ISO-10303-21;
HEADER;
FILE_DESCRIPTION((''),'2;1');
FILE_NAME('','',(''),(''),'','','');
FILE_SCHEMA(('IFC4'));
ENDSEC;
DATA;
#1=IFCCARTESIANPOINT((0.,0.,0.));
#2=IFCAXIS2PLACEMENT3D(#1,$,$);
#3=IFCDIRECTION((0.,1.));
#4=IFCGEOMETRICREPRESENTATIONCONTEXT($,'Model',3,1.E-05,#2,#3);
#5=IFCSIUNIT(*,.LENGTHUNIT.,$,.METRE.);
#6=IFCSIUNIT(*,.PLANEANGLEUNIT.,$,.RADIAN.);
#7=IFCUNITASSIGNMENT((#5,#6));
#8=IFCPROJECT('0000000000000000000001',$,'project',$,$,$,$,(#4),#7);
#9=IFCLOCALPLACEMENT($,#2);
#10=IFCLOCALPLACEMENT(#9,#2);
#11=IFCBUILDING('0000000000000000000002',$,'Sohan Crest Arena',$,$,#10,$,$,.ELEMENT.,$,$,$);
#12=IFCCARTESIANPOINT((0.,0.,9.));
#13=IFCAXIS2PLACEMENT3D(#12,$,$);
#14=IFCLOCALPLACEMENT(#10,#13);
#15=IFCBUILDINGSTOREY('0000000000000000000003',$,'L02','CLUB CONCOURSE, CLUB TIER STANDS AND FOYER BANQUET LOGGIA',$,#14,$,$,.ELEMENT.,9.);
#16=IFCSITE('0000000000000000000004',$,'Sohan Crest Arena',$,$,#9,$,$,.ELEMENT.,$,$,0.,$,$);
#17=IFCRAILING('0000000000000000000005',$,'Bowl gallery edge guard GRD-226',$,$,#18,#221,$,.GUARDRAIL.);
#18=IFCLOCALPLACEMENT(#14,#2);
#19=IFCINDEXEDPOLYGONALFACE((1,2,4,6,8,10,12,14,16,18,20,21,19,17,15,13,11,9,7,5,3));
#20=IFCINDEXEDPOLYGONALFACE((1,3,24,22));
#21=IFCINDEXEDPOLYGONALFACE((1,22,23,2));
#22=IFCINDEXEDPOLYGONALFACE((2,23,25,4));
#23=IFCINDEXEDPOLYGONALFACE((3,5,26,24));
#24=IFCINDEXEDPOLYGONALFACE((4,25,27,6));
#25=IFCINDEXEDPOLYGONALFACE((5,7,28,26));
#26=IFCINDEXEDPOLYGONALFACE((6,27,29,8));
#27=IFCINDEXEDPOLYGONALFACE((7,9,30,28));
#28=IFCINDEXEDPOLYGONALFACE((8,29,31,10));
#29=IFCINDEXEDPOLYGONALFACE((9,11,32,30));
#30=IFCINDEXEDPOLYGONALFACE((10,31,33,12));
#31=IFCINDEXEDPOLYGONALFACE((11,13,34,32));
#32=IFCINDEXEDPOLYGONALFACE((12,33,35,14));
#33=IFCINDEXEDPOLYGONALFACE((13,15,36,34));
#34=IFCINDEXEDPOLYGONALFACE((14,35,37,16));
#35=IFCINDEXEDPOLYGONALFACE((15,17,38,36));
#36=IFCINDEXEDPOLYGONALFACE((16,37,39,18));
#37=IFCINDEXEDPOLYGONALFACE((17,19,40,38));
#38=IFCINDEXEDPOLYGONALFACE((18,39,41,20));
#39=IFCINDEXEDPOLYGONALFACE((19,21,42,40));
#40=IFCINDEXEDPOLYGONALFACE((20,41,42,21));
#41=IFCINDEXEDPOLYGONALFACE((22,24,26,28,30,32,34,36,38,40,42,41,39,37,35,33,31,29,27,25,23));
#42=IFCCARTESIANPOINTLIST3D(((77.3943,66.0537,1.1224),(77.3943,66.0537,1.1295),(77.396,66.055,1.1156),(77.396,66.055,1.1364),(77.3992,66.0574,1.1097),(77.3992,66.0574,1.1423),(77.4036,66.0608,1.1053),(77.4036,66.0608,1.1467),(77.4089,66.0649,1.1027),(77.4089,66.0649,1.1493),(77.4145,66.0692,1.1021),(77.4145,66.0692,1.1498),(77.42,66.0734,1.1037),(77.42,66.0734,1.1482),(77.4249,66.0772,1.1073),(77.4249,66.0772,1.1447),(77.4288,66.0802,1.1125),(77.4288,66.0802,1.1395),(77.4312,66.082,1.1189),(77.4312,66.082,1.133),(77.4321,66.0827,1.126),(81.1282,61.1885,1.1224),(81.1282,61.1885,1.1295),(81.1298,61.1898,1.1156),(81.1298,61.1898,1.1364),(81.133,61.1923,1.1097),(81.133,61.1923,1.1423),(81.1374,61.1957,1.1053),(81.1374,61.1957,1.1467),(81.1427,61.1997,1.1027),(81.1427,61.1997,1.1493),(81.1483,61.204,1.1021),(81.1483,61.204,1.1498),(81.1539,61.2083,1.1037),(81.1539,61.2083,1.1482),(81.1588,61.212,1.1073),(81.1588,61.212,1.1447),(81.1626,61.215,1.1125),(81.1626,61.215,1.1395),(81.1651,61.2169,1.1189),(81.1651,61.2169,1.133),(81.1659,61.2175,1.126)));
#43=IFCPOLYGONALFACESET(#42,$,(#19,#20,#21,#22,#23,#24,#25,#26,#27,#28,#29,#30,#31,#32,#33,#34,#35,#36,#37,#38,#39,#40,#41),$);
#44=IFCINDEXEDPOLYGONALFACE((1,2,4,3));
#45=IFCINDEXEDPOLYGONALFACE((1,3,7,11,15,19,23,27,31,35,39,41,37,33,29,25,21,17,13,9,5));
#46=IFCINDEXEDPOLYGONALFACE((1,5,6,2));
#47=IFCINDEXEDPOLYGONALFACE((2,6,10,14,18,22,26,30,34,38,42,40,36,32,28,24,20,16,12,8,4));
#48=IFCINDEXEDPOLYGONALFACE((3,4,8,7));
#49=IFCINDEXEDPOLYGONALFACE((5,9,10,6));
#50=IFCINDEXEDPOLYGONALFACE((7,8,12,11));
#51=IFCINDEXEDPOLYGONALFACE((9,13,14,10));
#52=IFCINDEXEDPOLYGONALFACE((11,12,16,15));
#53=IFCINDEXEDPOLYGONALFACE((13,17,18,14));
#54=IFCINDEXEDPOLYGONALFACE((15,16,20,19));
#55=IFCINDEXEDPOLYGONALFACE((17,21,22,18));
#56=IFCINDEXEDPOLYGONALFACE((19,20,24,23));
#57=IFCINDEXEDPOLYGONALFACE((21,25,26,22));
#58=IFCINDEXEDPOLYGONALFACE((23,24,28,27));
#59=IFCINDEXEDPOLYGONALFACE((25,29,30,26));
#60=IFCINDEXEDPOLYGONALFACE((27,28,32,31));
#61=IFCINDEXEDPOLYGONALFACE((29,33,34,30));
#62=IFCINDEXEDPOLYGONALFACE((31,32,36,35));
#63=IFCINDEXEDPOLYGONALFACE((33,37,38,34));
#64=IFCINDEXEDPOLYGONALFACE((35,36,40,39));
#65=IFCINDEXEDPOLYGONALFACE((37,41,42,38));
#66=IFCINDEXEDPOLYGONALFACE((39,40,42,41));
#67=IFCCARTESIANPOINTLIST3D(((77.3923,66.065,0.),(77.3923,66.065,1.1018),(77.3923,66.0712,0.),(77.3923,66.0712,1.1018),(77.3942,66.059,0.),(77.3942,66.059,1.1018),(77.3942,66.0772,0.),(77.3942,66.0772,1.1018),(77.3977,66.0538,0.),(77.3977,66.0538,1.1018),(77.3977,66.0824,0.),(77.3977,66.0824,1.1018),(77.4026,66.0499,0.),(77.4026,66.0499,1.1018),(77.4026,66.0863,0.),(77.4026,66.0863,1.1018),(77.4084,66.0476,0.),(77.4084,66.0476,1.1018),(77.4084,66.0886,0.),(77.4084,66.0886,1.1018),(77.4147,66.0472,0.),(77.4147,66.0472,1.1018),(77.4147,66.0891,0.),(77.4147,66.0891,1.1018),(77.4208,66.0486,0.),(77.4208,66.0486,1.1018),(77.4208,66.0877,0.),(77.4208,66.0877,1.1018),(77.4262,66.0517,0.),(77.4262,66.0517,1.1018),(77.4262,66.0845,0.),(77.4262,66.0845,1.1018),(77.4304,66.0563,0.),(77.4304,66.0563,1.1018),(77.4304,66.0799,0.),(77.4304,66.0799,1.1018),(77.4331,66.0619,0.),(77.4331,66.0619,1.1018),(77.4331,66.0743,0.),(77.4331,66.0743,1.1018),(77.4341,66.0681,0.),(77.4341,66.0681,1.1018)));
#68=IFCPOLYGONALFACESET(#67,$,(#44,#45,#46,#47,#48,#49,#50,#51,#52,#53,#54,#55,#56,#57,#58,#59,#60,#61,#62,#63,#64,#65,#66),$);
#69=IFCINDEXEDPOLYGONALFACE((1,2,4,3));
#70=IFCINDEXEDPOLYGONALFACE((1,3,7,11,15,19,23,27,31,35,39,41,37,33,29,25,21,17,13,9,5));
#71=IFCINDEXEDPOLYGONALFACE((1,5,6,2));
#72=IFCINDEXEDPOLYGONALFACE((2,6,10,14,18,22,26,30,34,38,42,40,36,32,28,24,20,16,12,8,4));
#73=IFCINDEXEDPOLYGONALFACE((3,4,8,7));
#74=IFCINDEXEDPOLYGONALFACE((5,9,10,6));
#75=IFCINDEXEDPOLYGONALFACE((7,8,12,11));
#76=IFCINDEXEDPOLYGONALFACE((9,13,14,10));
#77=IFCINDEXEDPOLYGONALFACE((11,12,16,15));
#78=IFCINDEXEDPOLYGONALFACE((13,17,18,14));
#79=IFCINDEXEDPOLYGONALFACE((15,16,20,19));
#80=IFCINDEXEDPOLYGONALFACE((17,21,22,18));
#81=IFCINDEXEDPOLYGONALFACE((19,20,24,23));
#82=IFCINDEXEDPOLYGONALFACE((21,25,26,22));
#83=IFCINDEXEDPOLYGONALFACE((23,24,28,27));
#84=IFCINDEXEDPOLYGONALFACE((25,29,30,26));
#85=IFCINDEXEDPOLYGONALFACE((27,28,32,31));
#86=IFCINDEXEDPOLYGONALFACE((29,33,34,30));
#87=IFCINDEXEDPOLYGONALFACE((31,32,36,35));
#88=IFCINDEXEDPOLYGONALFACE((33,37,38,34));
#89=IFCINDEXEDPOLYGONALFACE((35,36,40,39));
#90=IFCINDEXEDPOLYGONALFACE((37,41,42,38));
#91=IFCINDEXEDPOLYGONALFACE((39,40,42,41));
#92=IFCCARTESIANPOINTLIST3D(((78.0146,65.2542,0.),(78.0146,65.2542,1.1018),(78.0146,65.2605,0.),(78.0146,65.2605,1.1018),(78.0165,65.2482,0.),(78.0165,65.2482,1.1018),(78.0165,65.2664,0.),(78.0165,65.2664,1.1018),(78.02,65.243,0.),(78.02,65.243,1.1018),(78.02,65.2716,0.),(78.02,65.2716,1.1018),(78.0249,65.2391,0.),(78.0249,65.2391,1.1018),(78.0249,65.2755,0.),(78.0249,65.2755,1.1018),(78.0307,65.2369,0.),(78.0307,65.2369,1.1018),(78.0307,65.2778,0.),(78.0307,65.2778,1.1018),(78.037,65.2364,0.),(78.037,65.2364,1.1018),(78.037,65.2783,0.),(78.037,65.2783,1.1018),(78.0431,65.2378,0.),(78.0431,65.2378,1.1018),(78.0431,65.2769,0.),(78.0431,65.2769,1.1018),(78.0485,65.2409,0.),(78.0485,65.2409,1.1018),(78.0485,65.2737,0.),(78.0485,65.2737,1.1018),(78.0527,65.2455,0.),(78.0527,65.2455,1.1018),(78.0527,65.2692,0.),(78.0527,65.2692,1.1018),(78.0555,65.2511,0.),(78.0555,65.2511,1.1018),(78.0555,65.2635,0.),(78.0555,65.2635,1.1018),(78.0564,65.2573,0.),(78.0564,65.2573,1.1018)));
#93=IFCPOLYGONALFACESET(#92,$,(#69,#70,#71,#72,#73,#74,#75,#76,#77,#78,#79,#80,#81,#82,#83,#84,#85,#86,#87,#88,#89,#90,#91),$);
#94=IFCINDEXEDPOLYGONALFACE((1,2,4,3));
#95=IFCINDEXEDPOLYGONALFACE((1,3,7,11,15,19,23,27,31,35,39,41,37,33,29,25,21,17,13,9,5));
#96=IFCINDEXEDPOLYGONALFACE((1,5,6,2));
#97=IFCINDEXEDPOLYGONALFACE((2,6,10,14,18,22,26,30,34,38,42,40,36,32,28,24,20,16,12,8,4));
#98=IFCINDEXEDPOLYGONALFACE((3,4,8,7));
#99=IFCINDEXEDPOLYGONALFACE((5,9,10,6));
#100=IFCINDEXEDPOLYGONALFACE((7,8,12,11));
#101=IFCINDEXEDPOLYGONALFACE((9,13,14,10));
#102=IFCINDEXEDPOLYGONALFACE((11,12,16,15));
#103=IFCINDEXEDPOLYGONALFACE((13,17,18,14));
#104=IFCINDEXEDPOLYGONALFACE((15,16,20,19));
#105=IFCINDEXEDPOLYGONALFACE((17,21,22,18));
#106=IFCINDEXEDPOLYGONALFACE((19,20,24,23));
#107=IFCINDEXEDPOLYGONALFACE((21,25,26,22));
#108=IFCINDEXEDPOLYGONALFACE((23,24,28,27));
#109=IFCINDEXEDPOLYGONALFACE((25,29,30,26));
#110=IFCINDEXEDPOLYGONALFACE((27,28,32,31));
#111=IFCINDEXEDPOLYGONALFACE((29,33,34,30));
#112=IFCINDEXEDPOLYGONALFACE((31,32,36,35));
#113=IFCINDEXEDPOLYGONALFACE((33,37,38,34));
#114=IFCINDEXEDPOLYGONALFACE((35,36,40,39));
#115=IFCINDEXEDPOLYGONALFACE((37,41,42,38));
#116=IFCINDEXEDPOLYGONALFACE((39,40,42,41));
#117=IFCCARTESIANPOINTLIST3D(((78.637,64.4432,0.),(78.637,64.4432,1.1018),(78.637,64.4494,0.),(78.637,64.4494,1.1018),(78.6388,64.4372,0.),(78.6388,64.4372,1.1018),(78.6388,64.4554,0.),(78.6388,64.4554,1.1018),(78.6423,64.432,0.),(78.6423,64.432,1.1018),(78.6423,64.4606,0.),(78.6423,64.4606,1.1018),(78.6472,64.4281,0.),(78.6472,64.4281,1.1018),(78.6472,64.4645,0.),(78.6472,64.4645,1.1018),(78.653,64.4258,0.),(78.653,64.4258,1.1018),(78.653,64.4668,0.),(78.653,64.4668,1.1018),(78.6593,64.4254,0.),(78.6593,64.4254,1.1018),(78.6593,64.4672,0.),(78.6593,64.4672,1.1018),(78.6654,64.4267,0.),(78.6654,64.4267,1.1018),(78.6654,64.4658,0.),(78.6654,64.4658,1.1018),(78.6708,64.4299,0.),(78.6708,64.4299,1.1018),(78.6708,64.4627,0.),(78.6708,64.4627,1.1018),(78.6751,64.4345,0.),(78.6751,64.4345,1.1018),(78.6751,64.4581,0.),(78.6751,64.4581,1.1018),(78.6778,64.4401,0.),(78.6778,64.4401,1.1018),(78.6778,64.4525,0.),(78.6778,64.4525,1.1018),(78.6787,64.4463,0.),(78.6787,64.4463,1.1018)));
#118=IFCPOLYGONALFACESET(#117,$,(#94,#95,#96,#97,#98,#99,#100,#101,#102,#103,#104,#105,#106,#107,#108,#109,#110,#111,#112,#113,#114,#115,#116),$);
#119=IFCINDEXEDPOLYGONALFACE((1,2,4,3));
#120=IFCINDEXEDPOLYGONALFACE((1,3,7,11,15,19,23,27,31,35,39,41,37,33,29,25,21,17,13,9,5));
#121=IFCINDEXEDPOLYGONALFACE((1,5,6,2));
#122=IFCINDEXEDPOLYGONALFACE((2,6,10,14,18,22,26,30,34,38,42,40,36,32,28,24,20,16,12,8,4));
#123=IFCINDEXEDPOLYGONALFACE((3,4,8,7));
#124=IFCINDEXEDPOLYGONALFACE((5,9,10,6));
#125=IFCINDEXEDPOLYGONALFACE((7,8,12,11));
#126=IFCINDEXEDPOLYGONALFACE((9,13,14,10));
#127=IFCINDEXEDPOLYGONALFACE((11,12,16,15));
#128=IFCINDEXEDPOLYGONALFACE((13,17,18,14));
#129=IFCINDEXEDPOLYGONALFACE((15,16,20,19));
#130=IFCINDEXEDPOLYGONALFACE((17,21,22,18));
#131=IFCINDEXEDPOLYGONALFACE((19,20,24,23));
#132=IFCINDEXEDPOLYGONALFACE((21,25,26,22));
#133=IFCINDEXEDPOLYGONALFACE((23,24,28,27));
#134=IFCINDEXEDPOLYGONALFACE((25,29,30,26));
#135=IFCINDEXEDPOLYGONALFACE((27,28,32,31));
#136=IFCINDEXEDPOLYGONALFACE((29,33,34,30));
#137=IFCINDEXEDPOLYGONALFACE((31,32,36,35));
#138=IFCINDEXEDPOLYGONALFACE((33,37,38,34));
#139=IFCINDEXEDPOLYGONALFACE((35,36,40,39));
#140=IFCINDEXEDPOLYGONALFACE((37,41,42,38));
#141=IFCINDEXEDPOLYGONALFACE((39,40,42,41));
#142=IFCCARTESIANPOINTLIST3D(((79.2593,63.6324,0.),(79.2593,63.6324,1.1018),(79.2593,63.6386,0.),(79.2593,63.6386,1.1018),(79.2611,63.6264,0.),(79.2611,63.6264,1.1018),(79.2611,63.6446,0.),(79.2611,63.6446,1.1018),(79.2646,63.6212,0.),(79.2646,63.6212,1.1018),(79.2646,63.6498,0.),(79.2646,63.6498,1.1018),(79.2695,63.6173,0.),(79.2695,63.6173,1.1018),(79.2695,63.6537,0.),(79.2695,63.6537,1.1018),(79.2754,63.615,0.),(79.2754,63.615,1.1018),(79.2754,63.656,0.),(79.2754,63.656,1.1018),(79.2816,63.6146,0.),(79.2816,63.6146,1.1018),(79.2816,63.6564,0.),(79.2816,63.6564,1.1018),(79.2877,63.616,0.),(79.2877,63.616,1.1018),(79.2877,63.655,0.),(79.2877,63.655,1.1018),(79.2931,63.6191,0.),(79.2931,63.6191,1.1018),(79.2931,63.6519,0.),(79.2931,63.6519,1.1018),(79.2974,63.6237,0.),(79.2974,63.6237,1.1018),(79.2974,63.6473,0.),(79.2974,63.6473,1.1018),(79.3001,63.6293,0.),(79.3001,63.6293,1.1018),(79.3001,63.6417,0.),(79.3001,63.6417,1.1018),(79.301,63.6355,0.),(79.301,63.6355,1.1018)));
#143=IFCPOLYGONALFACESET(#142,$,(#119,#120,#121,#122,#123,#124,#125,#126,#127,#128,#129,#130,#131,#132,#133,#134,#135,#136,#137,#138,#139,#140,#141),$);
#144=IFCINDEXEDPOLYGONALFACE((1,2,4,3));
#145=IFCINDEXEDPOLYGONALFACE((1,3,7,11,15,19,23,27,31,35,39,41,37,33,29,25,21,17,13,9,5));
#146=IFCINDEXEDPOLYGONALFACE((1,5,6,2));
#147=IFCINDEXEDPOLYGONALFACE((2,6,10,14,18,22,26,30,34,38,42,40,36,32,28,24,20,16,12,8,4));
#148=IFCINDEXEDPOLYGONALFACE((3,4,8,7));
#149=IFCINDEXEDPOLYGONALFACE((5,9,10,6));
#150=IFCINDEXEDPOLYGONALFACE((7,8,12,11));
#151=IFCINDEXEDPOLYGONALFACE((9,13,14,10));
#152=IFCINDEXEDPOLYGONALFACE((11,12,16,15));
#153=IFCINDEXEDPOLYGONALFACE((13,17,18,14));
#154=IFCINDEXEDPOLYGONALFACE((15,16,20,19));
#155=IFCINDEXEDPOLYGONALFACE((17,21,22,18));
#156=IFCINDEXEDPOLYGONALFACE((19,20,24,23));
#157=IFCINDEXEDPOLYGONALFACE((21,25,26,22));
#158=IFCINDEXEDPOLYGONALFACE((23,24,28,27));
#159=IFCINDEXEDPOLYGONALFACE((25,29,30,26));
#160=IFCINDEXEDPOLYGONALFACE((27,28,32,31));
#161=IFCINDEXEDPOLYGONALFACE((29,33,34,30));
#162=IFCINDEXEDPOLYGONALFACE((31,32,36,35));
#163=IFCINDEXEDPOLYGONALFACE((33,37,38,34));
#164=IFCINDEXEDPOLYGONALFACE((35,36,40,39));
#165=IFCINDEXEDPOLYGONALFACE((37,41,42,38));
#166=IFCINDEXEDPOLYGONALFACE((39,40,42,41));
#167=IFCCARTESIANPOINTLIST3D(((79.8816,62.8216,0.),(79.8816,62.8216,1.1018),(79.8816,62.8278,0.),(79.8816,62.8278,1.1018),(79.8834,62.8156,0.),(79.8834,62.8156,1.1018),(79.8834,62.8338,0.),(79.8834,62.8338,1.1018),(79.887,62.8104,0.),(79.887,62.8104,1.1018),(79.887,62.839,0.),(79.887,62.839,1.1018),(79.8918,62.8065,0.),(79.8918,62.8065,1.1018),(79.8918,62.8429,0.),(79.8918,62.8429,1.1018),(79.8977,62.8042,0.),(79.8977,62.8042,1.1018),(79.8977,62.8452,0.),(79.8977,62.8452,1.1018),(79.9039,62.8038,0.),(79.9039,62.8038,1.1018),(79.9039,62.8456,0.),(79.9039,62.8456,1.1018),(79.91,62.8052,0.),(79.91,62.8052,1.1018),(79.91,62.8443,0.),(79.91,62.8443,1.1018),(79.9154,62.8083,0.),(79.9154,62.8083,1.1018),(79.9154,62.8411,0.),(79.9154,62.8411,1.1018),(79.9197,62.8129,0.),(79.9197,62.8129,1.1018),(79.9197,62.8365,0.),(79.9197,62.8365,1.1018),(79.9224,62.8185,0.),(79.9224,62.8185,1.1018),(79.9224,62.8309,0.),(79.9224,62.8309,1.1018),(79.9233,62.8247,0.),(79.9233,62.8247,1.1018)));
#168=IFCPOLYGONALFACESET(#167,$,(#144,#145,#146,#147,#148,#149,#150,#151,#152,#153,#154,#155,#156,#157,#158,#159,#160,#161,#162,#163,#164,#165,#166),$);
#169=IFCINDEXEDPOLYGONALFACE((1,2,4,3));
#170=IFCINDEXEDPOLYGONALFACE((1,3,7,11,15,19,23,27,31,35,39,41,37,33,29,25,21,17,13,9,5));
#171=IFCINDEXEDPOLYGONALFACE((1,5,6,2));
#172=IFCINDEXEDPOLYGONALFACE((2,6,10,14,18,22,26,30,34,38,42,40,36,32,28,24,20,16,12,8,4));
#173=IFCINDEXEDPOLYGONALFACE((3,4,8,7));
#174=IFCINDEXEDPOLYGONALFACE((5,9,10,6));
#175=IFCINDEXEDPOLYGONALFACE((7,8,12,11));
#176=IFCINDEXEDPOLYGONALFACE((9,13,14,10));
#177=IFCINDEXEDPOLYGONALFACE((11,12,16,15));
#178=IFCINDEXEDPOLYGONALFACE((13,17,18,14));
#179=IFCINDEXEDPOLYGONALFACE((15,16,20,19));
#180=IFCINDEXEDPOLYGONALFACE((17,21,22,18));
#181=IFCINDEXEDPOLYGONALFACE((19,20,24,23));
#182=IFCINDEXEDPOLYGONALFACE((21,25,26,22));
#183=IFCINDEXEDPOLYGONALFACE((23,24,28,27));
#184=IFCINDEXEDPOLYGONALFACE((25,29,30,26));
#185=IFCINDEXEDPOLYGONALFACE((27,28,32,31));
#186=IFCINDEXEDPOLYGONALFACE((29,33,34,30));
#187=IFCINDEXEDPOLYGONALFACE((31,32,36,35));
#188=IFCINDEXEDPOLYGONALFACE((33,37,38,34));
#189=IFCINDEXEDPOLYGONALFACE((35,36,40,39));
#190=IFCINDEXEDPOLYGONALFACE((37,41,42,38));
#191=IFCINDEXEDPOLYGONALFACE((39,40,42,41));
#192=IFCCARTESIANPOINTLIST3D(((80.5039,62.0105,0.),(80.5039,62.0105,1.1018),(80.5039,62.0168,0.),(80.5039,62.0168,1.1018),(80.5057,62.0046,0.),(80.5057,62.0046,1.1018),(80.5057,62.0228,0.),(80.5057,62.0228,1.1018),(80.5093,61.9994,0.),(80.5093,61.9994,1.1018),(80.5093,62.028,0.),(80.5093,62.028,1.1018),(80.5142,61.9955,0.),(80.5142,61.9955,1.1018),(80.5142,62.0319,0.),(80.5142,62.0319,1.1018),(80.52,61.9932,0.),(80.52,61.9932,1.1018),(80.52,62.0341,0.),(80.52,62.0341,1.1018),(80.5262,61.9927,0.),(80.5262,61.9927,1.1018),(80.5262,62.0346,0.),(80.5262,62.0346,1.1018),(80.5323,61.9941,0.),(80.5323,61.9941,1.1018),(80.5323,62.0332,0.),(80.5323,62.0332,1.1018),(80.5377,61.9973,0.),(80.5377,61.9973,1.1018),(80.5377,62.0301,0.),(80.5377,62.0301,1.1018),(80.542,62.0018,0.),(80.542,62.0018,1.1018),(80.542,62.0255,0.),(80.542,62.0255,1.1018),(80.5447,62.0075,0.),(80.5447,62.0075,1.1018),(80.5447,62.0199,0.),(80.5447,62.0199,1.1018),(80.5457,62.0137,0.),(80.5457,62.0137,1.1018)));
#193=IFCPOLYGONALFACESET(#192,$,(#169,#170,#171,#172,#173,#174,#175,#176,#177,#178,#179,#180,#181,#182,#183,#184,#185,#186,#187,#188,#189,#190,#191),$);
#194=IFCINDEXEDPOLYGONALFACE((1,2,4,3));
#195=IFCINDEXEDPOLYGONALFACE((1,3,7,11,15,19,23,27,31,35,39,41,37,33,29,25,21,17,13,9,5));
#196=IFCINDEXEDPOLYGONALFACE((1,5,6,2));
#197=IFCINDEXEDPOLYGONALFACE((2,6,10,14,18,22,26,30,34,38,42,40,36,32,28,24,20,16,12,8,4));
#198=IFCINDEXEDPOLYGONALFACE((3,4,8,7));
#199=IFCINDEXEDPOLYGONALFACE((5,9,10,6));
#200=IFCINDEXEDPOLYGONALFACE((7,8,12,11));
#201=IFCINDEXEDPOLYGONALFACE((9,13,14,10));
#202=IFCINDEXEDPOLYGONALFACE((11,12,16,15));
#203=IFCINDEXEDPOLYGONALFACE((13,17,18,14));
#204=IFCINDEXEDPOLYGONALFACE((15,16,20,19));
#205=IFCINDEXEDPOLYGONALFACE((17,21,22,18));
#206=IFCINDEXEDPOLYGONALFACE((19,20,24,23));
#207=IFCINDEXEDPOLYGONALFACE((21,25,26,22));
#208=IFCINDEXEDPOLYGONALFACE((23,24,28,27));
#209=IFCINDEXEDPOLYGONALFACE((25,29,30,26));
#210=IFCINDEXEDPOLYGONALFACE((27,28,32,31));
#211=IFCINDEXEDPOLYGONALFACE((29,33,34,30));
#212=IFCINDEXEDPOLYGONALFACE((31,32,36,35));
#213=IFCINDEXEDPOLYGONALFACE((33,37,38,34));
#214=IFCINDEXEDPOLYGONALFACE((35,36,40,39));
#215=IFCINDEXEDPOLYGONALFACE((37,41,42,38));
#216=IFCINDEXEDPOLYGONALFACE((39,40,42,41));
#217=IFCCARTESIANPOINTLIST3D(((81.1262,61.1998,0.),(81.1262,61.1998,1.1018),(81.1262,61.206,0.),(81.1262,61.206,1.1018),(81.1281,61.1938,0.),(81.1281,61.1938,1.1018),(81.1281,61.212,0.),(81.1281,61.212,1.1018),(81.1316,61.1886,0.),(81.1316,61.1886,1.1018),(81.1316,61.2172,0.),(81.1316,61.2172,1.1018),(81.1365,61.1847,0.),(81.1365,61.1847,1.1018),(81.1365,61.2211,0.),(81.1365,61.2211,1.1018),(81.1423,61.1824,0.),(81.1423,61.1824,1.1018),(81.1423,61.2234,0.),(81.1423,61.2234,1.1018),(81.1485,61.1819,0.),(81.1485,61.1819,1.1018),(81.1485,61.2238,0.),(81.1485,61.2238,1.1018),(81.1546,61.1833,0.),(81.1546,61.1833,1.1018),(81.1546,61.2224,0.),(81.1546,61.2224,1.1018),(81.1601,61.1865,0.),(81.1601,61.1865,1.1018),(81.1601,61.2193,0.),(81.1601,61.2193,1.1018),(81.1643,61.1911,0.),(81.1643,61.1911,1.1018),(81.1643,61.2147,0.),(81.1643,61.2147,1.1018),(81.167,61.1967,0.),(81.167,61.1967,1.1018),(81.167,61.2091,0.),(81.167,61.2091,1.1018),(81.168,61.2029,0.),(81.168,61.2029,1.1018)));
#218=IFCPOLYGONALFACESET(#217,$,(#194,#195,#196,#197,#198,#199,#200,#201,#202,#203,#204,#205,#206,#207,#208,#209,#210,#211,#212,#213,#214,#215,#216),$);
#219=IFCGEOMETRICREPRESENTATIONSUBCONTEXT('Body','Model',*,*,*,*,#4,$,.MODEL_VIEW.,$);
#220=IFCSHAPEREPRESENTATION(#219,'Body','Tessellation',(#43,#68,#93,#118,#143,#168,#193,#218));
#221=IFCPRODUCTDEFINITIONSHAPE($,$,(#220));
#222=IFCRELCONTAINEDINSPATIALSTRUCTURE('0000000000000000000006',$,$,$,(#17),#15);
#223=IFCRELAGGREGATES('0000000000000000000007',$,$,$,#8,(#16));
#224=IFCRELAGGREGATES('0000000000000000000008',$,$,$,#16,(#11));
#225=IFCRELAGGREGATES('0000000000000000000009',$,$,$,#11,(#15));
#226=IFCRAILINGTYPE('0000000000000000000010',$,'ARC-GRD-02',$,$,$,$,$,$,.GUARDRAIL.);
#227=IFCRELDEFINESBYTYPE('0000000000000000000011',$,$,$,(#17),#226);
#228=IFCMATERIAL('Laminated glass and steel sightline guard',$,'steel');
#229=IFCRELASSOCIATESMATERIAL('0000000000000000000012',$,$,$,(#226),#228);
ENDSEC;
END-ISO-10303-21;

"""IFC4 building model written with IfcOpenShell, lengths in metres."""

from ifc_helpers import new_model, si_unit, direction, frame, origin, origin_2d, place, context, subcontext, project, spatial, circle, extrude, material, type_object, element, save


model = new_model("IFC4")

# Units and contexts
model_context = context("Model", 3, precision=1e-05, world=origin(), true_north=direction((0.0, 1.0)))
body_context = subcontext(model_context, "Body", "Model", "MODEL_VIEW")
ifc_project = project(units=[si_unit("LENGTHUNIT", "METRE"), si_unit("PLANEANGLEUNIT", "RADIAN")], contexts=[model_context])

# Site, building, storey
site_placement = place(None, origin())
site = spatial("IfcSite", under=ifc_project, at=site_placement, Name="Sohan Crest Arena", CompositionType="ELEMENT", RefElevation=0.0)
building_placement = place(site_placement, origin())
building = spatial("IfcBuilding", under=site, at=building_placement, Name="Sohan Crest Arena", CompositionType="ELEMENT")
storey_placement = place(building_placement, frame((0.0, 0.0, 9.0)))
storey = spatial("IfcBuildingStorey", under=building, at=storey_placement, Name="L02", Description="CLUB CONCOURSE, CLUB TIER STANDS AND FOYER BANQUET LOGGIA", CompositionType="ELEMENT", Elevation=9.0)

# Railing
ifc_material_1 = material(Name="Laminated glass and steel sightline guard", Category="steel")
railing_type_1 = type_object("IfcRailingType", Name="ARC-GRD-02", PredefinedType="GUARDRAIL", material=ifc_material_1)
railing_1_placement = place(storey_placement, frame((77.4131, 66.0681, 0.0)))
element("IfcRailing", 1, at=railing_1_placement, inside=storey, type_object=railing_type_1, Name="Bowl gallery edge guard GRD-226", PredefinedType="GUARDRAIL", context=body_context, shape_type="SweptSolid", body=[
    extrude(circle(Radius=0.0239, at=origin_2d()), frame((0.0, 0.0, 1.126), z_axis=(0.608829, -0.793301, 0.0), x_axis=(0.793301, 0.608829, 0.0)), (0.0, 0.0, 1.0), 6.1328),
    extrude(circle(Radius=0.021, at=origin_2d()), origin(), (0.0, 0.0, 1.0), 1.1018),
    extrude(circle(Radius=0.021, at=origin_2d()), frame((0.6223, -0.8108, 0.0)), (0.0, 0.0, 1.0), 1.1018),
    extrude(circle(Radius=0.021, at=origin_2d()), frame((1.2446, -1.6218, 0.0)), (0.0, 0.0, 1.0), 1.1018),
    extrude(circle(Radius=0.021, at=origin_2d()), frame((1.8669, -2.4326, 0.0)), (0.0, 0.0, 1.0), 1.1018),
    extrude(circle(Radius=0.021, at=origin_2d()), frame((2.4893, -3.2434, 0.0)), (0.0, 0.0, 1.0), 1.1018),
    extrude(circle(Radius=0.021, at=origin_2d()), frame((3.1116, -4.0544, 0.0)), (0.0, 0.0, 1.0), 1.1018),
    extrude(circle(Radius=0.021, at=origin_2d()), frame((3.7339, -4.8652, 0.0)), (0.0, 0.0, 1.0), 1.1018),
])

save(model, "model.ifc")
